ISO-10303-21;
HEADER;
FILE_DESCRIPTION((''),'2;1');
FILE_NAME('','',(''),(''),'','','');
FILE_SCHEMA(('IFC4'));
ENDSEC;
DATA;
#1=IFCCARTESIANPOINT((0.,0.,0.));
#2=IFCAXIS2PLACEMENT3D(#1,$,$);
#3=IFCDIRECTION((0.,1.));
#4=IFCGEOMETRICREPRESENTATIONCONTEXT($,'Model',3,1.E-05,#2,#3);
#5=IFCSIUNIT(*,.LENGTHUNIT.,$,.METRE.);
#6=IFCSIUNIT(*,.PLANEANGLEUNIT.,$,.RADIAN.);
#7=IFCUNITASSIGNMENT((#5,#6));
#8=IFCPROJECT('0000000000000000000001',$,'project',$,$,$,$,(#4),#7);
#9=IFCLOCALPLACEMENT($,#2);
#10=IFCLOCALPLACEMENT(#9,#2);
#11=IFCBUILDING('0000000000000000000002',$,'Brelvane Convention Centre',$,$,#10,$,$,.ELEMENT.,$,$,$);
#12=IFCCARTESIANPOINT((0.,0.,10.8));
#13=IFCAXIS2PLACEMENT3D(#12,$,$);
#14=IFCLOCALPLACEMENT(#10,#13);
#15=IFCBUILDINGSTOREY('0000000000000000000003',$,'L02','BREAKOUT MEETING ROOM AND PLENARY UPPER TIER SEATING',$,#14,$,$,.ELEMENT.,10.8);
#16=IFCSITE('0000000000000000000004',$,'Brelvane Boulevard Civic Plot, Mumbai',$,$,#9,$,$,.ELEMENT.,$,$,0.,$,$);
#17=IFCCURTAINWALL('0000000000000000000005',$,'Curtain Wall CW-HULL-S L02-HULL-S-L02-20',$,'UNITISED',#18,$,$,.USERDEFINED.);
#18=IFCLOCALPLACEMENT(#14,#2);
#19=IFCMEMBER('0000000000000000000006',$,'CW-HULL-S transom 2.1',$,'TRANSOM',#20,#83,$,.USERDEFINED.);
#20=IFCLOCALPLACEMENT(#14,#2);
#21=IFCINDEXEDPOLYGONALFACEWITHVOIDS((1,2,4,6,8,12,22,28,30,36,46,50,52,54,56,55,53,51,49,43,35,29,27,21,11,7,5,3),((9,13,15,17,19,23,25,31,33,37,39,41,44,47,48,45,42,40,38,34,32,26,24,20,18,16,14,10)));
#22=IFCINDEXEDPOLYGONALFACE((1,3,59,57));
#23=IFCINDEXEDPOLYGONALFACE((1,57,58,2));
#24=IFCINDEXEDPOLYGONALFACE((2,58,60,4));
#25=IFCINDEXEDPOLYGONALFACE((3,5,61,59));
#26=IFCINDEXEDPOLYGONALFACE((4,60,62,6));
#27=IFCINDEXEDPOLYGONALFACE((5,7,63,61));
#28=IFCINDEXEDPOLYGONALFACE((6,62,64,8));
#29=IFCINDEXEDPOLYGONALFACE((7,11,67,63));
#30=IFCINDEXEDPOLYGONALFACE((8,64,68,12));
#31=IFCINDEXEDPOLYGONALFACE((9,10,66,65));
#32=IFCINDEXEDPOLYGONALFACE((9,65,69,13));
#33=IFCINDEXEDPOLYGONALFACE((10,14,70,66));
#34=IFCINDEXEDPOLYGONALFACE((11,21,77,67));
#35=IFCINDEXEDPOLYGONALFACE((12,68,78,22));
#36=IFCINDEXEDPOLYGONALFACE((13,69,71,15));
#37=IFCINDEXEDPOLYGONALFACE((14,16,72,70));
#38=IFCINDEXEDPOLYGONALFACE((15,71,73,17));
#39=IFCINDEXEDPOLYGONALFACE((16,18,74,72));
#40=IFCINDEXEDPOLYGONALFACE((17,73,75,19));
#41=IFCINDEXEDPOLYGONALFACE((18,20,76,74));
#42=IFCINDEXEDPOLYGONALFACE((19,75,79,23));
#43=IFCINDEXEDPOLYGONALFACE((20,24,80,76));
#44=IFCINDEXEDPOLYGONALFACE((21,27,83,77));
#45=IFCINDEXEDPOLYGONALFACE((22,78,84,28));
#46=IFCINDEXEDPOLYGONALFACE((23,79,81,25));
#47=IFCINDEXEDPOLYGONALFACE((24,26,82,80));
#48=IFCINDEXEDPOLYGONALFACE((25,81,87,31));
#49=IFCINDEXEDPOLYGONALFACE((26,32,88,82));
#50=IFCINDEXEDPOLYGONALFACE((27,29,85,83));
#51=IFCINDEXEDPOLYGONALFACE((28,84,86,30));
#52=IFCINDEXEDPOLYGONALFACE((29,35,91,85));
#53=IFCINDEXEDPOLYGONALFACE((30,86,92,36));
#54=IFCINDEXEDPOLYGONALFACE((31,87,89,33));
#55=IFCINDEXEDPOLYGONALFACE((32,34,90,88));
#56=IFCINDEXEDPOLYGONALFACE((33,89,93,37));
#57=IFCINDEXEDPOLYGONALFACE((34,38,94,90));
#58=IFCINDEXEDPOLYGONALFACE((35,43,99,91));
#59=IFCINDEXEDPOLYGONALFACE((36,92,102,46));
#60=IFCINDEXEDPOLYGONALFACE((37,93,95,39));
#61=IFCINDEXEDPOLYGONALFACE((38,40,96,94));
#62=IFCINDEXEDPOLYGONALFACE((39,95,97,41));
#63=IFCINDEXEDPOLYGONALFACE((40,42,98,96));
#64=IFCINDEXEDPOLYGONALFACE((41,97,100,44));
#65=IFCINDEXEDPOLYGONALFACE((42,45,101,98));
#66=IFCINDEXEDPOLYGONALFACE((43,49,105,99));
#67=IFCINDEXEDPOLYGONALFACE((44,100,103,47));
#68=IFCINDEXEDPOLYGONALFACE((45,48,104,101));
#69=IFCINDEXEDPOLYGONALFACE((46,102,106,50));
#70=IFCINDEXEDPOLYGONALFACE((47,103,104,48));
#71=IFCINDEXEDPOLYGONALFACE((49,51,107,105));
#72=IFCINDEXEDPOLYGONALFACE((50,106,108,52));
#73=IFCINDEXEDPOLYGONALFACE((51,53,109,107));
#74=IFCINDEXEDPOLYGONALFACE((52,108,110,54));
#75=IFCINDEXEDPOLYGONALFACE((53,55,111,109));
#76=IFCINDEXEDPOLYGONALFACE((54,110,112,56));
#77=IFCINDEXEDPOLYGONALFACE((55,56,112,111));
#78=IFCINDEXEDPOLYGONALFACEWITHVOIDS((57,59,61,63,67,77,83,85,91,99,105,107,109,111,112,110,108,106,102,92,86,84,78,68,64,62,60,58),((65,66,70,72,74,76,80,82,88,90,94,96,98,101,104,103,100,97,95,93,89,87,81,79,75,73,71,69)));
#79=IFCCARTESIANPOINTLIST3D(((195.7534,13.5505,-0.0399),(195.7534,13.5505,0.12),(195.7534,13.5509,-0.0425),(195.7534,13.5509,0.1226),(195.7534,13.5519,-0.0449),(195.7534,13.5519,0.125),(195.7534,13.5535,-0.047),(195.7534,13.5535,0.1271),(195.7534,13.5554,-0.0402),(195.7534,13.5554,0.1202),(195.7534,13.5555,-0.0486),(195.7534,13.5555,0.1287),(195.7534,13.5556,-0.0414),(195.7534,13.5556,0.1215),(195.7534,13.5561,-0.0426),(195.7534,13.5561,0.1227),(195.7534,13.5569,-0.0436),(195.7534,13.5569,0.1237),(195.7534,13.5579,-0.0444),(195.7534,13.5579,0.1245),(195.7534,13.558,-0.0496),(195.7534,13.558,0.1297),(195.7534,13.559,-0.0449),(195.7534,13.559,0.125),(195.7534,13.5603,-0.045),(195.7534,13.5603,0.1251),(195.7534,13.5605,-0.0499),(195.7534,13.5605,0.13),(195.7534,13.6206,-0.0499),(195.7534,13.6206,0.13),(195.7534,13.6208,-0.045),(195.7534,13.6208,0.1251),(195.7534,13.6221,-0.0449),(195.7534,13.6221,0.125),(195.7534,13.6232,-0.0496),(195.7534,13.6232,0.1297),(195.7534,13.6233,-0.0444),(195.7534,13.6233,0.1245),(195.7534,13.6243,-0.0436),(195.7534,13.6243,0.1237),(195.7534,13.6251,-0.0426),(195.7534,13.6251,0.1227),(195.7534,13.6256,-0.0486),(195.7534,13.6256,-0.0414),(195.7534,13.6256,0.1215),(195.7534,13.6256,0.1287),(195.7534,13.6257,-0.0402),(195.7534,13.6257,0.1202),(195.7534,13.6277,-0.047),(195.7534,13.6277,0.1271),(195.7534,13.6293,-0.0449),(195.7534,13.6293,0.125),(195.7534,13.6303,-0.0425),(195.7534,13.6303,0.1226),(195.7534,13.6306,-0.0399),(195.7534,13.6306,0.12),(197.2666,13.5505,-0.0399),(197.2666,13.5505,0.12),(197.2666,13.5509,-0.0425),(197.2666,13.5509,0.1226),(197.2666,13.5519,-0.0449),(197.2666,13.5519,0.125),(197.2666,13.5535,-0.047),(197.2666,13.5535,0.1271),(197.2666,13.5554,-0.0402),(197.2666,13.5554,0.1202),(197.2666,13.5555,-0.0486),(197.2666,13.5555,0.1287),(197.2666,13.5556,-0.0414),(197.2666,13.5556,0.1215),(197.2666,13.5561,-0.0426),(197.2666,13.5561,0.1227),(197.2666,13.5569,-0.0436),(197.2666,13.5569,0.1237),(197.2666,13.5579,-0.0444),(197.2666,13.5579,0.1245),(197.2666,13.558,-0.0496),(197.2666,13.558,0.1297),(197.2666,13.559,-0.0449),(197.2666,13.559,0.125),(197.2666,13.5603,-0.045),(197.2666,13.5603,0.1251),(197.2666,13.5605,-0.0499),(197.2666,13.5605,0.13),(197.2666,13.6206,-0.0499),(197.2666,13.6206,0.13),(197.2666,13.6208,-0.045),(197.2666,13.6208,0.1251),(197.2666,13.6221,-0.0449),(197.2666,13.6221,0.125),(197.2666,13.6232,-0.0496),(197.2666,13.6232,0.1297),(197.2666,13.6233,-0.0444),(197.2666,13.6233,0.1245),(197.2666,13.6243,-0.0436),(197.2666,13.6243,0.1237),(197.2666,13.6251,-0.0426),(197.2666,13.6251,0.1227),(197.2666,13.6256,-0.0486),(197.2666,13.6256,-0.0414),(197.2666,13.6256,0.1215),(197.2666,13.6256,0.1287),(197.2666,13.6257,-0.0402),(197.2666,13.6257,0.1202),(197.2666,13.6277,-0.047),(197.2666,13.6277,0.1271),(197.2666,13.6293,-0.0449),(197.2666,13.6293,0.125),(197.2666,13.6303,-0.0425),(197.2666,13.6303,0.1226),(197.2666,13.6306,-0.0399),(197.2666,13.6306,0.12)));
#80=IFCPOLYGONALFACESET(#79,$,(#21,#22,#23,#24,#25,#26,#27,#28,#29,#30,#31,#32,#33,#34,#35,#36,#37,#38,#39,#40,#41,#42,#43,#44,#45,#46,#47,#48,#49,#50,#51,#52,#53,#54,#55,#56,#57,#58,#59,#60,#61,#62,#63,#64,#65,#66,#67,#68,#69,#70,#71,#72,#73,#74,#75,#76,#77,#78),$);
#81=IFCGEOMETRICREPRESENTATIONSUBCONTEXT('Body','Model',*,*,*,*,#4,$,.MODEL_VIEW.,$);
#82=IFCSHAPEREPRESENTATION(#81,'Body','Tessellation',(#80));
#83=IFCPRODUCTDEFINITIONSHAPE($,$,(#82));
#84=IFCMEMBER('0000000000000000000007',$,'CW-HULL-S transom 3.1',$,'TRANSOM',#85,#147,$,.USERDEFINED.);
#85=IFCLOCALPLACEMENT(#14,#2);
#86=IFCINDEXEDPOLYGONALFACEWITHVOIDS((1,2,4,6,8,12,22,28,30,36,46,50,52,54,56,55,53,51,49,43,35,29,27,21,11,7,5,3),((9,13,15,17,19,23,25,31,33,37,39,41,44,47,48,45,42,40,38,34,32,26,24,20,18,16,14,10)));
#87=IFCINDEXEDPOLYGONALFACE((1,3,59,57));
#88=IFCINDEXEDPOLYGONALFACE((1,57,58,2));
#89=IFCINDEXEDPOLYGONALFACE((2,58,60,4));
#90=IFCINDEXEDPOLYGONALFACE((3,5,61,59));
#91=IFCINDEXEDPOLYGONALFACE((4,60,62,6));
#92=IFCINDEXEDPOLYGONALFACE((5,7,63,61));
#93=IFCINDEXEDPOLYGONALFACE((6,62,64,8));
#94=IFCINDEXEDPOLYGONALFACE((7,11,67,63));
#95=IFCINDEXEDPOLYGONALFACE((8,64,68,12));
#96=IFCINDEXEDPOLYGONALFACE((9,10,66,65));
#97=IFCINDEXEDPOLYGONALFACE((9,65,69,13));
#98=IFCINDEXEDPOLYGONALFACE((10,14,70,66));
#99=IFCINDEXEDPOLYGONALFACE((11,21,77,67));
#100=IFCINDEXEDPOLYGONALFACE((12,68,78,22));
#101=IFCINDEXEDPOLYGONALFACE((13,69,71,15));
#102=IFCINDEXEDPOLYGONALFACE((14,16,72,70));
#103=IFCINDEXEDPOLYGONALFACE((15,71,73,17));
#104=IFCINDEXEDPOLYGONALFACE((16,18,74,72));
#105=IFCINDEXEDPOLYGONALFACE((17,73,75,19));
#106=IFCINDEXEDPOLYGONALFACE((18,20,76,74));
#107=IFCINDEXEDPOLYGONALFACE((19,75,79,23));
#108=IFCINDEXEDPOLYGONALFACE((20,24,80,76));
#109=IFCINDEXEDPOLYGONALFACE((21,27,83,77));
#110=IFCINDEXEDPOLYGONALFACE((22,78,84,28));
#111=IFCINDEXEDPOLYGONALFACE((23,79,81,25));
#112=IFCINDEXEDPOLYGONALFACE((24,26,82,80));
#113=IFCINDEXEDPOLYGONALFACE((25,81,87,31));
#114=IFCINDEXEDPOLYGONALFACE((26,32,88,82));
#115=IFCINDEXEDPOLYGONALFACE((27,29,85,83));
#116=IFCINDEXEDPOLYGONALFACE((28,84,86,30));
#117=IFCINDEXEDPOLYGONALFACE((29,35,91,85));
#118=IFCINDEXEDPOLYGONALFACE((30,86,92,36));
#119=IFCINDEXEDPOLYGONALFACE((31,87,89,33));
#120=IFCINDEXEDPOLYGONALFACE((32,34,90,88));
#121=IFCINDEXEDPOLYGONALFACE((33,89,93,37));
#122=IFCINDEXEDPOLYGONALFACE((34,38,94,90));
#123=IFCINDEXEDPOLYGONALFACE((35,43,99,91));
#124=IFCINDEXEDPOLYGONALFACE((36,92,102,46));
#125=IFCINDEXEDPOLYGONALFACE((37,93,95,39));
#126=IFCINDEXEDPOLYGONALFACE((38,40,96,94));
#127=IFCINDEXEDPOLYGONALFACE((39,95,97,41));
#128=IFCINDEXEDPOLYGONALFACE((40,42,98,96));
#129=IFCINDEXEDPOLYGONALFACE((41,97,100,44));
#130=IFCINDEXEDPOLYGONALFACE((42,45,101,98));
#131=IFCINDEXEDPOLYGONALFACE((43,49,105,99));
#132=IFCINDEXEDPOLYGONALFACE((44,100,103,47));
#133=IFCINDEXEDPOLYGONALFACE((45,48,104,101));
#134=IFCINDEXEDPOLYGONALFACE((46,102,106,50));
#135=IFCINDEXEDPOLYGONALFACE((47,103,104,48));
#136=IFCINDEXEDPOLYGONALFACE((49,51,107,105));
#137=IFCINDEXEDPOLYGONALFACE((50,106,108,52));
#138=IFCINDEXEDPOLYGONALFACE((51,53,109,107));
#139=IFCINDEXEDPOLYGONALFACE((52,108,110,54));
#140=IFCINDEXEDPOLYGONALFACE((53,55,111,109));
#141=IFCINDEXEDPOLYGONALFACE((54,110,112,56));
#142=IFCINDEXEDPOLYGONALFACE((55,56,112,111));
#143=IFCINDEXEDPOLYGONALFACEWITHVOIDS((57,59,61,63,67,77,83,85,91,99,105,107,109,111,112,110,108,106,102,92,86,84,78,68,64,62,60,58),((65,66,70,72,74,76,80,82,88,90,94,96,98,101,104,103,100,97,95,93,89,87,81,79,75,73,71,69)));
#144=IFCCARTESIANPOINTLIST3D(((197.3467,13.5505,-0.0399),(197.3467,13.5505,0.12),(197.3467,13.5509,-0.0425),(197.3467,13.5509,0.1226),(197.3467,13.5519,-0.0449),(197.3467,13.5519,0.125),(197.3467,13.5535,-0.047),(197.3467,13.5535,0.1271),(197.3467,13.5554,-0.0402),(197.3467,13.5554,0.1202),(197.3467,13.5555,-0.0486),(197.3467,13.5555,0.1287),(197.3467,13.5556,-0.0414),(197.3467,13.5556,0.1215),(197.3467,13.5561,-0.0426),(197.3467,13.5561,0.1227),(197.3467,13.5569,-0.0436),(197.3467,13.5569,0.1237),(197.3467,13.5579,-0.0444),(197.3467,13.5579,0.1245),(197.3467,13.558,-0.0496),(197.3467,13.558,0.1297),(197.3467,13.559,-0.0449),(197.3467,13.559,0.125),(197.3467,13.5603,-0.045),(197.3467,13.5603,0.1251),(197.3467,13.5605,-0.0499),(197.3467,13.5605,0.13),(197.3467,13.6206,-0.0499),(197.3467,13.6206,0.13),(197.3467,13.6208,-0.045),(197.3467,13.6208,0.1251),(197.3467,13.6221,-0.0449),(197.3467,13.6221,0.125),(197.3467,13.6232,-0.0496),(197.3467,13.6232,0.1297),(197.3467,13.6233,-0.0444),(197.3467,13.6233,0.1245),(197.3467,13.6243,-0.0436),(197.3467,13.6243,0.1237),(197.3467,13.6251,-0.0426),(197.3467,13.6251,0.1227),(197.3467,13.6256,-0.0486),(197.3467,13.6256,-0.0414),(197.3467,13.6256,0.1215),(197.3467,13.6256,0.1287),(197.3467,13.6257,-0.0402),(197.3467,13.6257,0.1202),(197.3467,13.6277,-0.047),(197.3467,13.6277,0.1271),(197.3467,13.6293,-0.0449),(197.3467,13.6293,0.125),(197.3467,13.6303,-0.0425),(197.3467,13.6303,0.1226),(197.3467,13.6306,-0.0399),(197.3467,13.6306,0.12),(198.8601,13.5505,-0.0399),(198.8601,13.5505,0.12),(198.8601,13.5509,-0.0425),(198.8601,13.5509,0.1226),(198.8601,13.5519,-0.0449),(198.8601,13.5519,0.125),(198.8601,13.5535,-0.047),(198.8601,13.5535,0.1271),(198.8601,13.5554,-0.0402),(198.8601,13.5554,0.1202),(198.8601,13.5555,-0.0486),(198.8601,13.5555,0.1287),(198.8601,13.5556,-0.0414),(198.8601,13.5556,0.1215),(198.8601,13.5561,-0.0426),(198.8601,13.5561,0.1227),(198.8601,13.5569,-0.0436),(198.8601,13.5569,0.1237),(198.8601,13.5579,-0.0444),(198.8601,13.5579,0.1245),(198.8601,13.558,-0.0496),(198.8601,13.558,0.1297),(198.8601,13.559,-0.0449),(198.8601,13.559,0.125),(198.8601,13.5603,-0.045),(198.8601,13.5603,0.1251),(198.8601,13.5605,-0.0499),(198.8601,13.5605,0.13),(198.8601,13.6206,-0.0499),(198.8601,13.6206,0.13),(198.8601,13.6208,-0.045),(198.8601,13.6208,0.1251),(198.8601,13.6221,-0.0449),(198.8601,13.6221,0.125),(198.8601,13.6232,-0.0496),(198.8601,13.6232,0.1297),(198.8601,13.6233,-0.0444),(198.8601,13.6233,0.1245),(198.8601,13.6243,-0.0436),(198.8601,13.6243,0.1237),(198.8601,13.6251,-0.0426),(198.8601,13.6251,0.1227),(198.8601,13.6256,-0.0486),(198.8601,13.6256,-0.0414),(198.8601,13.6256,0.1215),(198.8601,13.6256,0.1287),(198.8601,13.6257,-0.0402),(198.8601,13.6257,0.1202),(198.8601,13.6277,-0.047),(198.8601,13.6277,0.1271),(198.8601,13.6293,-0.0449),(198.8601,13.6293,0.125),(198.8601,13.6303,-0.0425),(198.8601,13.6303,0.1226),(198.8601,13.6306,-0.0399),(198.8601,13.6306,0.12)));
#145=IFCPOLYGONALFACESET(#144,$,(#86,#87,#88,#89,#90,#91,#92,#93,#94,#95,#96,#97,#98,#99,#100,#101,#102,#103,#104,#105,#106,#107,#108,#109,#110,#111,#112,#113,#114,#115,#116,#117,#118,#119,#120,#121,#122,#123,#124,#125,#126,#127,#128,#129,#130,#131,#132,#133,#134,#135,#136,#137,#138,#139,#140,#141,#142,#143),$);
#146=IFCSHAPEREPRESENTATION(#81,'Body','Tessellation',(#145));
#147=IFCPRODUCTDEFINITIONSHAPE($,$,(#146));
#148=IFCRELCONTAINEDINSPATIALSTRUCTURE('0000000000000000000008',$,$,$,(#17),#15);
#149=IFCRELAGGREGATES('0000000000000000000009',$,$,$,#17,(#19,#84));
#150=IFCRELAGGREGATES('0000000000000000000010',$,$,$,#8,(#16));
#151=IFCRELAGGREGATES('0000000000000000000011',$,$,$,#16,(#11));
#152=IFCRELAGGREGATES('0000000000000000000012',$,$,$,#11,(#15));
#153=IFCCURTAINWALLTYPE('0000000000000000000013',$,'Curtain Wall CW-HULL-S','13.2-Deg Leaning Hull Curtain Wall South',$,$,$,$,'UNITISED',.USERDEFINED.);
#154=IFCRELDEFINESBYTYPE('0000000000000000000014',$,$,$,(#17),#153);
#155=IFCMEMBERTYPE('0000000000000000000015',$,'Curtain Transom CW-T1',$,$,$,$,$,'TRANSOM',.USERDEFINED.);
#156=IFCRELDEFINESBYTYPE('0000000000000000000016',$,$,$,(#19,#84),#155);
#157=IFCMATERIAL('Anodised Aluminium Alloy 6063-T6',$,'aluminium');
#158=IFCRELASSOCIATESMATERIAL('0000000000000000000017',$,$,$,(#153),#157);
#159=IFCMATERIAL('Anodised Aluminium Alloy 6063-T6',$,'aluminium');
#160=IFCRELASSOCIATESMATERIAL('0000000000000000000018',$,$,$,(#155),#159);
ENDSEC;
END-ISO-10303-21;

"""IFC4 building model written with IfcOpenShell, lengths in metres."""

from ifc_helpers import new_model, si_unit, direction, frame, origin, origin_2d, place, context, subcontext, project, spatial, hollow_rectangle, extrude, material, material_profile, profile_set, type_object, element, aggregate, save


model = new_model("IFC4")

# Units and contexts
model_context = context("Model", 3, precision=1e-05, world=origin(), true_north=direction((0.0, 1.0)))
body_context = subcontext(model_context, "Body", "Model", "MODEL_VIEW")
ifc_project = project(units=[si_unit("LENGTHUNIT", "METRE"), si_unit("PLANEANGLEUNIT", "RADIAN")], contexts=[model_context])

# Site, building, storey
site_placement = place(None, origin())
site = spatial("IfcSite", under=ifc_project, at=site_placement, Name="Brelvane Boulevard Civic Plot, Mumbai", CompositionType="ELEMENT", RefElevation=0.0)
building_placement = place(site_placement, origin())
building = spatial("IfcBuilding", under=site, at=building_placement, Name="Brelvane Convention Centre", CompositionType="ELEMENT")
storey_placement = place(building_placement, frame((0.0, 0.0, 10.8)))
storey = spatial("IfcBuildingStorey", under=building, at=storey_placement, Name="L02", Description="BREAKOUT MEETING ROOM AND PLENARY UPPER TIER SEATING", CompositionType="ELEMENT", Elevation=10.8)

# Curtain wall
ifc_material_1 = material(Name="Anodised Aluminium Alloy 6063-T6", Category="aluminium")
curtain_wall_type = type_object("IfcCurtainWallType", Name="Curtain Wall CW-HULL-S", Description="13.2-Deg Leaning Hull Curtain Wall South", ElementType="UNITISED", PredefinedType="USERDEFINED", material=ifc_material_1)
curtain_wall_1_placement = place(storey_placement, origin())
curtain_wall_1 = element("IfcCurtainWall", 1, at=curtain_wall_1_placement, inside=storey, type_object=curtain_wall_type, Name="Curtain Wall CW-HULL-S L02-HULL-S-L02-20", ObjectType="UNITISED", PredefinedType="USERDEFINED")

# Members
ifc_material_2 = material(Name="Anodised Aluminium Alloy 6063-T6", Category="aluminium")
ifc_material_profile_1 = material_profile(ifc_material_2, hollow_rectangle(XDim=0.0801, YDim=0.1799, WallThickness=0.0049, InnerFilletRadius=0.0049, OuterFilletRadius=0.01, at=origin_2d()), Name="ALU-T 180x80x5.0")
ifc_profile_set_1 = profile_set([ifc_material_profile_1], Name="Anodised Aluminium Alloy 6063-T6")
member_type_1 = type_object("IfcMemberType", Name="Curtain Transom CW-T1", ElementType="TRANSOM", PredefinedType="USERDEFINED", material=ifc_profile_set_1)
member_1_placement = place(storey_placement, frame((195.7534, 13.5906, 0.04), z_axis=(1.0, 0.0, 0.0), x_axis=(0.0, 1.0, 0.0)))
member_1 = element("IfcMember", 2, at=member_1_placement, type_object=member_type_1, Name="CW-HULL-S transom 2.1", ObjectType="TRANSOM", PredefinedType="USERDEFINED", context=body_context, shape_type="SweptSolid", body=[
    extrude(hollow_rectangle(XDim=0.0801, YDim=0.1799, WallThickness=0.0049, InnerFilletRadius=0.0049, OuterFilletRadius=0.01, at=origin_2d()), origin(), (0.0, 0.0, 1.0), 1.5132),
])
member_2_placement = place(storey_placement, frame((197.3467, 13.5906, 0.04), z_axis=(1.0, 0.0, 0.0), x_axis=(0.0, 1.0, 0.0)))
member_2 = element("IfcMember", 3, at=member_2_placement, type_object=member_type_1, Name="CW-HULL-S transom 3.1", ObjectType="TRANSOM", PredefinedType="USERDEFINED", context=body_context, shape_type="SweptSolid", body=[
    extrude(hollow_rectangle(XDim=0.0801, YDim=0.1799, WallThickness=0.0049, InnerFilletRadius=0.0049, OuterFilletRadius=0.01, at=origin_2d()), origin(), (0.0, 0.0, 1.0), 1.5134),
])

aggregate(curtain_wall_1, [member_1, member_2])

save(model, "model.ifc")
